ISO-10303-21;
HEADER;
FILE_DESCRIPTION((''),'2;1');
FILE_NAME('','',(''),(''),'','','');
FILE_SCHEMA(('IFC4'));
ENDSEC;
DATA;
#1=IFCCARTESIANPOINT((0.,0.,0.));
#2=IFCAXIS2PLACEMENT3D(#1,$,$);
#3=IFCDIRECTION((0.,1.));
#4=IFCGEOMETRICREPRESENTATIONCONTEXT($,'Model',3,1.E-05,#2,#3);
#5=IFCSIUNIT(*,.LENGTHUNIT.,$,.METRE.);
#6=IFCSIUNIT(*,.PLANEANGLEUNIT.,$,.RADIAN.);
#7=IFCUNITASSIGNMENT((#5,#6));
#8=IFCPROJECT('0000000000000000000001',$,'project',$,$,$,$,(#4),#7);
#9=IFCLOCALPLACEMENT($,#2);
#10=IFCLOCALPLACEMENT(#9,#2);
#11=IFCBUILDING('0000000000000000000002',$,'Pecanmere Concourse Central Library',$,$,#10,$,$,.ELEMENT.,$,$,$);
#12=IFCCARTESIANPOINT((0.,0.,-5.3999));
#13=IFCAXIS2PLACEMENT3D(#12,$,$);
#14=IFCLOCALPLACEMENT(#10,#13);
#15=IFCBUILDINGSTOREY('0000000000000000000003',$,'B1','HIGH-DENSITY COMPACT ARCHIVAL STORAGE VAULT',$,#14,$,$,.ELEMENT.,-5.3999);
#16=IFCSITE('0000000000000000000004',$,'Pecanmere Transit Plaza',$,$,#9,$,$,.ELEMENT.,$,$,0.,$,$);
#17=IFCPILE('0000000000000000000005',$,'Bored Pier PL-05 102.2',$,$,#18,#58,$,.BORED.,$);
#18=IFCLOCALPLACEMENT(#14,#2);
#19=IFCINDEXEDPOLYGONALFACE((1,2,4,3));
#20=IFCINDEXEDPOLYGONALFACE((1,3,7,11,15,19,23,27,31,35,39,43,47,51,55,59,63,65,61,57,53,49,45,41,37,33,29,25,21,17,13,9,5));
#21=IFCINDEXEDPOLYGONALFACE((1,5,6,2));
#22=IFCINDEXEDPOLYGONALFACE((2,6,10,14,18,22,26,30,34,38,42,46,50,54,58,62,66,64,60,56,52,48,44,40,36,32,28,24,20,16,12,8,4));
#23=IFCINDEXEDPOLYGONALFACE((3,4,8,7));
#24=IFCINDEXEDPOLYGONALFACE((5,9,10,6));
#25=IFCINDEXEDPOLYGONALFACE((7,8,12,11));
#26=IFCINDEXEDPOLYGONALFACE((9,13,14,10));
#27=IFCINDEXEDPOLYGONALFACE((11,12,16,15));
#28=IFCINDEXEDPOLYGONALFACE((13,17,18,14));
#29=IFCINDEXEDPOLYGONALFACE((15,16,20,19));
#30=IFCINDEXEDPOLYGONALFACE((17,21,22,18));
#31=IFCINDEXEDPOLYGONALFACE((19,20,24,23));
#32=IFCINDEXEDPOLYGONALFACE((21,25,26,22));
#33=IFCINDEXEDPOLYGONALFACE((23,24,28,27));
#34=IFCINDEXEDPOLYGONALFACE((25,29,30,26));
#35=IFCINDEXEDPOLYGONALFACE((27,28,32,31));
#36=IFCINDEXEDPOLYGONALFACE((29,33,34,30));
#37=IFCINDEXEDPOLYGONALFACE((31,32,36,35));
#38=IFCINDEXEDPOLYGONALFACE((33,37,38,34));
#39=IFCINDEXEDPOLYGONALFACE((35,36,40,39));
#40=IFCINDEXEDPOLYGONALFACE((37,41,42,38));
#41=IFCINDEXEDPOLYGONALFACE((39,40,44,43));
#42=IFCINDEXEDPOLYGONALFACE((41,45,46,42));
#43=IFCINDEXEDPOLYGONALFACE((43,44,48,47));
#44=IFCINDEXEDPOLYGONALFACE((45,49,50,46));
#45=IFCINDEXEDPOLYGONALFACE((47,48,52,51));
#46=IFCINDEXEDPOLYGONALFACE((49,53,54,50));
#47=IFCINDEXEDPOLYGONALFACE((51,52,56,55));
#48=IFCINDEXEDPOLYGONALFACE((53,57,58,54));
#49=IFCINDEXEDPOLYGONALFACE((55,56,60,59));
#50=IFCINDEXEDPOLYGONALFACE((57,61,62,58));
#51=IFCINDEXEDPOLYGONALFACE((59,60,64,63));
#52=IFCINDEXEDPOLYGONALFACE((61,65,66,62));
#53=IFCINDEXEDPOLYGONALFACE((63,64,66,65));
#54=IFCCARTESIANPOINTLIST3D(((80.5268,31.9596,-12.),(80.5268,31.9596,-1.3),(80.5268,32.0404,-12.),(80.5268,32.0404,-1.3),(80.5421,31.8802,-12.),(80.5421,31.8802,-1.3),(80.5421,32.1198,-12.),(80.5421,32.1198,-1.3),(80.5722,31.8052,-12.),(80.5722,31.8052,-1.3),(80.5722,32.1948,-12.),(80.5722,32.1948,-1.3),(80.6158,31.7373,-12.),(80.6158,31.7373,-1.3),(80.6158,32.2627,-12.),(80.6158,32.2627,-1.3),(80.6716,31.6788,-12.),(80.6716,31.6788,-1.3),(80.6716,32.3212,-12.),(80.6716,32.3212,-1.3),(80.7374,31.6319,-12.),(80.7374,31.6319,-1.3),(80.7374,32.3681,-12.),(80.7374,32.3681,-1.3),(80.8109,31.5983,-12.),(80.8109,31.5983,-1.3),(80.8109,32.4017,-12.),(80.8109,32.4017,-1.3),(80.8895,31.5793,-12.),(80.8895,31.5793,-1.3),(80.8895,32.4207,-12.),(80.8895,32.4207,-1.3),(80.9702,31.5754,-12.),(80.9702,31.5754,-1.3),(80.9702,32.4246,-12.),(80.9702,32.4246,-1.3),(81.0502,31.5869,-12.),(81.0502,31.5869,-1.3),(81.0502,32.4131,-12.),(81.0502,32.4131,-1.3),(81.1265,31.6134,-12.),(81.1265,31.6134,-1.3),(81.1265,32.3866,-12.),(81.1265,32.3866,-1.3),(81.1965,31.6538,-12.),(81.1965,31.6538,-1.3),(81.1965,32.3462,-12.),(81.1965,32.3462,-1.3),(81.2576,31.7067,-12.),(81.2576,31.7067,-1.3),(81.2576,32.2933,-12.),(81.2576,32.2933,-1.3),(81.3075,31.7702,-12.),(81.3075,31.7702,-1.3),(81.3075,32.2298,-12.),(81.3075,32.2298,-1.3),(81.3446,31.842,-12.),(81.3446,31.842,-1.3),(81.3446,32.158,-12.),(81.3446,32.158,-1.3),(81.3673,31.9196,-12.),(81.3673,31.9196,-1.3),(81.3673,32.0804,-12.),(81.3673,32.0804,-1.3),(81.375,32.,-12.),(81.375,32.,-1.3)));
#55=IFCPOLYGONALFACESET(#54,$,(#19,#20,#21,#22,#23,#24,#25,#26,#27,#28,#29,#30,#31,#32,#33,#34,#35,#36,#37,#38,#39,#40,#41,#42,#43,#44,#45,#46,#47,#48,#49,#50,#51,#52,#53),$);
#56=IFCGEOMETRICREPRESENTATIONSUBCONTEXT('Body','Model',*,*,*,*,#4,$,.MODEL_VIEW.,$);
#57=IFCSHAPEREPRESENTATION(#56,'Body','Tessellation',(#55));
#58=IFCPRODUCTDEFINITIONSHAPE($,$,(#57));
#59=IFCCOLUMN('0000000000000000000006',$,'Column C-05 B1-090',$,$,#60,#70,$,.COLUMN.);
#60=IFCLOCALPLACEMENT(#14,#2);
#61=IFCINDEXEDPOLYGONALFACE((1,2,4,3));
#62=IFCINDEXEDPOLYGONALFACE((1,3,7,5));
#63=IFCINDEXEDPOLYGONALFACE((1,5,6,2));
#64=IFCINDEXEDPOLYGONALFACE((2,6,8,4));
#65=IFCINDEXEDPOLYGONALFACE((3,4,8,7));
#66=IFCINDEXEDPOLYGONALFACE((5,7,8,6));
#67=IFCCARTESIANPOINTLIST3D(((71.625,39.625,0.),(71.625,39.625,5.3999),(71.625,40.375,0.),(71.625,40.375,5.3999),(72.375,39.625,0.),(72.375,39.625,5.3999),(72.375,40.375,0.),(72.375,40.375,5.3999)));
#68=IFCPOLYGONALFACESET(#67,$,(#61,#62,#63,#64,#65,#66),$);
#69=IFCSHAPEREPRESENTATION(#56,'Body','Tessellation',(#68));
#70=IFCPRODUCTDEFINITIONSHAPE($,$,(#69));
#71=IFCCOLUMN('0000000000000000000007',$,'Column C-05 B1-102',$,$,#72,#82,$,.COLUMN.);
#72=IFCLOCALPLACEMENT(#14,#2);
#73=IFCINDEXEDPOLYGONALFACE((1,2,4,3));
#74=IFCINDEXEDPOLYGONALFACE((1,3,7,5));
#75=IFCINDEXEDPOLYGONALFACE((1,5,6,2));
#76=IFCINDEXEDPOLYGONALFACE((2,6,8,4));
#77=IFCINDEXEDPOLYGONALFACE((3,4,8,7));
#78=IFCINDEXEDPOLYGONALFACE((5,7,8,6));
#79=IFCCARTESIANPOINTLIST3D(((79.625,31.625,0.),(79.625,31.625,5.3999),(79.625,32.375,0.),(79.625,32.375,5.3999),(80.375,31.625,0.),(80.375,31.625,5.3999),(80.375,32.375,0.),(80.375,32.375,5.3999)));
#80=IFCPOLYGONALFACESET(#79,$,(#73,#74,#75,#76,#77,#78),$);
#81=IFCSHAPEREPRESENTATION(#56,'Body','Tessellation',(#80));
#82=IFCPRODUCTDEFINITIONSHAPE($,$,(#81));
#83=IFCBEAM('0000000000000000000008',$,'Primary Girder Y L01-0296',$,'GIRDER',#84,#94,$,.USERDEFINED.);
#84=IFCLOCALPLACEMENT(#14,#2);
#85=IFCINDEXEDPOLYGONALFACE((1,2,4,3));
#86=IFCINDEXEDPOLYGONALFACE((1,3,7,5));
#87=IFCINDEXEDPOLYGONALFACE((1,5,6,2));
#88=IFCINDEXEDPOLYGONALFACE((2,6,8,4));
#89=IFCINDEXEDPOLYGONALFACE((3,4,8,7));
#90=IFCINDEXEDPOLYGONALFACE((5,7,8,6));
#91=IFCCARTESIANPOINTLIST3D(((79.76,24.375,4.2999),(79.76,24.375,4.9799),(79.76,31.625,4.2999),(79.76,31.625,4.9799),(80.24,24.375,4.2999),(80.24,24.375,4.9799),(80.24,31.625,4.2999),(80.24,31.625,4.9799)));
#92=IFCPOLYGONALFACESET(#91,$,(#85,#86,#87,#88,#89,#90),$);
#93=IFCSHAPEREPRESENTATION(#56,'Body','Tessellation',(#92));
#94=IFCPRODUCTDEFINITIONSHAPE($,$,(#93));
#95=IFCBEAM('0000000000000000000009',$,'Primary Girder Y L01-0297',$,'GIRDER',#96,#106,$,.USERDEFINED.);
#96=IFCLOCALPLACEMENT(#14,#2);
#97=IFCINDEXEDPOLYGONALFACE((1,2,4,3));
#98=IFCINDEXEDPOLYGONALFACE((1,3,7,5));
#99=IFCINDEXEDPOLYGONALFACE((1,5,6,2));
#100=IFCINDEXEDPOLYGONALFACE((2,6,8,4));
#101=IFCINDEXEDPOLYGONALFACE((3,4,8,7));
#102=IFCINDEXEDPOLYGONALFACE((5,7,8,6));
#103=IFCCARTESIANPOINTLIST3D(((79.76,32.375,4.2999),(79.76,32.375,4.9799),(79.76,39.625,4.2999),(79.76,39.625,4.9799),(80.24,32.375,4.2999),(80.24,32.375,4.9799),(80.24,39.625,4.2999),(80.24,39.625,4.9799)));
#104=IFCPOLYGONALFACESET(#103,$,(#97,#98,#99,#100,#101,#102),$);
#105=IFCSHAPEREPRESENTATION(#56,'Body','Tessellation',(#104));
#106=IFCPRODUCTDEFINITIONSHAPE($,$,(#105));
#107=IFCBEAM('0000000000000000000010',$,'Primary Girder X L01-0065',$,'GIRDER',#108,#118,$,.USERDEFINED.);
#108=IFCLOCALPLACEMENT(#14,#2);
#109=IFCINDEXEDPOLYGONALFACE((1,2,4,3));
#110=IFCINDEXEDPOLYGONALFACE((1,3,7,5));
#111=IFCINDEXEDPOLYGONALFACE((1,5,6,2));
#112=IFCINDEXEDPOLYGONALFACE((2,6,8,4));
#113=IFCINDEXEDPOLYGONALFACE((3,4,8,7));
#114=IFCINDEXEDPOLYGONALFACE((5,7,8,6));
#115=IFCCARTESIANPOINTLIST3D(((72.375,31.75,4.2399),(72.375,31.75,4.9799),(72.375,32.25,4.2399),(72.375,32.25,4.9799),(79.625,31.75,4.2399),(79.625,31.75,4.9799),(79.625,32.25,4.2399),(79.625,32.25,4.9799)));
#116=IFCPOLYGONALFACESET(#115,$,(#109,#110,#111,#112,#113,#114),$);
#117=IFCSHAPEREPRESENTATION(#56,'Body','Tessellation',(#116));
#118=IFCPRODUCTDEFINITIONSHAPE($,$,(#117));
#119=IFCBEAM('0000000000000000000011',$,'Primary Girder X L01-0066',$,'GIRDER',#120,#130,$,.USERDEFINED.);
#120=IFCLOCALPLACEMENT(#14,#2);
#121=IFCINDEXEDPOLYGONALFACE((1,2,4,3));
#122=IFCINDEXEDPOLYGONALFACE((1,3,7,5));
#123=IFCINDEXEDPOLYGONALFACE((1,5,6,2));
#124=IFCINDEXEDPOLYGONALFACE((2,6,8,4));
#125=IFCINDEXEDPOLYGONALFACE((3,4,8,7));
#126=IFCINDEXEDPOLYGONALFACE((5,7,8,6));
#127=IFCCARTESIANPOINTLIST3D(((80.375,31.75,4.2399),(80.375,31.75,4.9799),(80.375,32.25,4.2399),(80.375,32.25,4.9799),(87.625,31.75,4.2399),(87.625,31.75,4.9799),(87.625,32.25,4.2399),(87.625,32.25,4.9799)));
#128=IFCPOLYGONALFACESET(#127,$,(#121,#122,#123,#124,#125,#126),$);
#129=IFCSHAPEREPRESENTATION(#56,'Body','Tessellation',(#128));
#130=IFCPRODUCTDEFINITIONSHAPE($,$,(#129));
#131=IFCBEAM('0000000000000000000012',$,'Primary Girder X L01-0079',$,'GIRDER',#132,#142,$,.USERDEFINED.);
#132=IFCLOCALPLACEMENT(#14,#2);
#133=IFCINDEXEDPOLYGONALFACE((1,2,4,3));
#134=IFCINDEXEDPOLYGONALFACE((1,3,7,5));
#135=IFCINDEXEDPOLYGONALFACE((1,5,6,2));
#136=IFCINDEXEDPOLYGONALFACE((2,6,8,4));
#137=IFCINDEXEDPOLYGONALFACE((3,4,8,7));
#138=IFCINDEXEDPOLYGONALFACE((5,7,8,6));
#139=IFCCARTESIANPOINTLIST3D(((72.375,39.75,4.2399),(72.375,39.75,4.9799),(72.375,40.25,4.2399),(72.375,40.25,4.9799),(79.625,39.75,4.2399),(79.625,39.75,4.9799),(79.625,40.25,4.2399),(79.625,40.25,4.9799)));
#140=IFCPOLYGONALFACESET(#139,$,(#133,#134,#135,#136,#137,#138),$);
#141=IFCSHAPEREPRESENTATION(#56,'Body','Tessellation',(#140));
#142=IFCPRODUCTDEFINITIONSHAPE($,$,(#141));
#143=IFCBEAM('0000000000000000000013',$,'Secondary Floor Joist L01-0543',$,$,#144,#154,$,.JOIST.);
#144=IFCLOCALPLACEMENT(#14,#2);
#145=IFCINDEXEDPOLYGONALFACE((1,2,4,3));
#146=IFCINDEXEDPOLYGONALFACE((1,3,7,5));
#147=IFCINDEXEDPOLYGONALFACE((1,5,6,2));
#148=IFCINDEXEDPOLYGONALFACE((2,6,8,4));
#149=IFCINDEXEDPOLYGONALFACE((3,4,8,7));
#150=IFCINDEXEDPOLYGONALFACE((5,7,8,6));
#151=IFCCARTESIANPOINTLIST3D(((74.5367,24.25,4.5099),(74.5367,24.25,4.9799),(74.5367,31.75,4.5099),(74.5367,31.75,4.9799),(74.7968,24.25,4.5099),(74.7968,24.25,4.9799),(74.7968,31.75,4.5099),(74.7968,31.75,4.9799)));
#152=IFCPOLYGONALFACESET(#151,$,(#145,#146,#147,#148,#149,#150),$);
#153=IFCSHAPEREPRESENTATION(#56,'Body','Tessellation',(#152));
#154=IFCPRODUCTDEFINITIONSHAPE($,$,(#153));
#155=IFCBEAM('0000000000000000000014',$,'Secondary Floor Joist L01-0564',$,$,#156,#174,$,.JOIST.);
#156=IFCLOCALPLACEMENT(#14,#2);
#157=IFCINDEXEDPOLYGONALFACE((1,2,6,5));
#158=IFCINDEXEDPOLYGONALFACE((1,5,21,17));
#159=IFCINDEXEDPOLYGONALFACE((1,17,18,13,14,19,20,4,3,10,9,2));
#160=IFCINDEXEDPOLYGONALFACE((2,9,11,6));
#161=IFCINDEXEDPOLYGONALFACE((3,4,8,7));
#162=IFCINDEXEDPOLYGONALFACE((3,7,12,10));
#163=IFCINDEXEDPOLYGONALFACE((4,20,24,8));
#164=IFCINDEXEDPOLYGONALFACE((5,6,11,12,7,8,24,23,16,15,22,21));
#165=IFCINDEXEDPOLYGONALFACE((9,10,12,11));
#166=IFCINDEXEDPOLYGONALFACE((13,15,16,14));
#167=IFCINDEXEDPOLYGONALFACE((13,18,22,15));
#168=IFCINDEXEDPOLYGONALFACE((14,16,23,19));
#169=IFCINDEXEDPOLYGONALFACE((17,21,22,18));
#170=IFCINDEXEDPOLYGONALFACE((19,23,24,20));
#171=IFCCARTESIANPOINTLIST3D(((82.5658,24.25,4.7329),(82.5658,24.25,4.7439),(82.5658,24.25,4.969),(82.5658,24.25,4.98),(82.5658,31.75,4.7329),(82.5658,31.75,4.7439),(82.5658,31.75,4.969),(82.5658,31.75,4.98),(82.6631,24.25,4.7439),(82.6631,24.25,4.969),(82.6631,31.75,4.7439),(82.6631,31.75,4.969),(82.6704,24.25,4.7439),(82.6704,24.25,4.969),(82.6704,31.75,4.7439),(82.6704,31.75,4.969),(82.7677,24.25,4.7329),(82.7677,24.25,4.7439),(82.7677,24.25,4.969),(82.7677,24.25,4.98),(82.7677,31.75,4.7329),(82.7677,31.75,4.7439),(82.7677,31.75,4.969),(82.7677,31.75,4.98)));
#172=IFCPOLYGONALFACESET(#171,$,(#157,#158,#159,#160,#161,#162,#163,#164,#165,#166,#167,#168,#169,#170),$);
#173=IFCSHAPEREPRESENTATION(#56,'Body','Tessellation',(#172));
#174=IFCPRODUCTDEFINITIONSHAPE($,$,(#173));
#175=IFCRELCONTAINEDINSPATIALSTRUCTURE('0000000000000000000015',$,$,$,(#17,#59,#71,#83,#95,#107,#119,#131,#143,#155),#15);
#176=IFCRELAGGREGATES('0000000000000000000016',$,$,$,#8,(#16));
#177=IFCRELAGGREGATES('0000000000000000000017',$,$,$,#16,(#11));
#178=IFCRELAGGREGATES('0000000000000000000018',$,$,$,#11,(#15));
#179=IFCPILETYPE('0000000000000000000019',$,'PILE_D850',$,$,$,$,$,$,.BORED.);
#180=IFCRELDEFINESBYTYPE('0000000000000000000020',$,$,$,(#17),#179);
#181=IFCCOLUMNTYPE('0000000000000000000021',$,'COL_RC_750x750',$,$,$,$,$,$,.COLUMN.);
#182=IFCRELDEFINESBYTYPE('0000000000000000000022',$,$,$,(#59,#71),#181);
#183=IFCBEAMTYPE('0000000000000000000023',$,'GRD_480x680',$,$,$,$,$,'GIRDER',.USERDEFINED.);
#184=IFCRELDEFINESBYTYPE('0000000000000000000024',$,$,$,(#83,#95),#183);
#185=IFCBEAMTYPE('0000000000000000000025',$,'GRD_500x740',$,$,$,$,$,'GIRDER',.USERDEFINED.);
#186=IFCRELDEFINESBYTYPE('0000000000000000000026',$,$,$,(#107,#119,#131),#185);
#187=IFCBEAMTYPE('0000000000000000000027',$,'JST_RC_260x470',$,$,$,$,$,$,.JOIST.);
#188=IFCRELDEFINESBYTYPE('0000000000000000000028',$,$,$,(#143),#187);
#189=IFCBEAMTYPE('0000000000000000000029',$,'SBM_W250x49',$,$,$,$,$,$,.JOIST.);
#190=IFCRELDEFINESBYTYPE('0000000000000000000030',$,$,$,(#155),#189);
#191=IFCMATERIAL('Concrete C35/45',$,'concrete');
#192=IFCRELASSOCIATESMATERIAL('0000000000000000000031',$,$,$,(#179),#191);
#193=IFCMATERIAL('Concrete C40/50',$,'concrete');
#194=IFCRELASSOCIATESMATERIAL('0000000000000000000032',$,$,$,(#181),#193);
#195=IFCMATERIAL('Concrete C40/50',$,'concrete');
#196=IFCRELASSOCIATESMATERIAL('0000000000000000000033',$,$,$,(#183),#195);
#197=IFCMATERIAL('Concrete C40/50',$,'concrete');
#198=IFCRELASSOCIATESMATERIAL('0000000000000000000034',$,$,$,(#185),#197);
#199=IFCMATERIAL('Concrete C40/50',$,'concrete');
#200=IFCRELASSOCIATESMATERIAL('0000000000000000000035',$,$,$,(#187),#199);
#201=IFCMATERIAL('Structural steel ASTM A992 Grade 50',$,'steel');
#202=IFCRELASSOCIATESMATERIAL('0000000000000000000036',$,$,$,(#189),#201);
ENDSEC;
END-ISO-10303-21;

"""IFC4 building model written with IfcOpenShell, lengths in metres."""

from ifc_helpers import new_model, si_unit, direction, frame, origin, origin_2d, place, context, subcontext, project, spatial, rectangle, circle, i_section, extrude, material, material_profile, profile_set, type_object, element, save


model = new_model("IFC4")

# Units and contexts
model_context = context("Model", 3, precision=1e-05, world=origin(), true_north=direction((0.0, 1.0)))
body_context = subcontext(model_context, "Body", "Model", "MODEL_VIEW")
ifc_project = project(units=[si_unit("LENGTHUNIT", "METRE"), si_unit("PLANEANGLEUNIT", "RADIAN")], contexts=[model_context])

# Site, building, storey
site_placement = place(None, origin())
site = spatial("IfcSite", under=ifc_project, at=site_placement, Name="Pecanmere Transit Plaza", CompositionType="ELEMENT", RefElevation=0.0)
building_placement = place(site_placement, origin())
building = spatial("IfcBuilding", under=site, at=building_placement, Name="Pecanmere Concourse Central Library", CompositionType="ELEMENT")
storey_placement = place(building_placement, frame((0.0, 0.0, -5.3999)))
storey = spatial("IfcBuildingStorey", under=building, at=storey_placement, Name="B1", Description="HIGH-DENSITY COMPACT ARCHIVAL STORAGE VAULT", CompositionType="ELEMENT", Elevation=-5.3999)

# Pile
ifc_material_1 = material(Name="Concrete C35/45", Category="concrete")
ifc_material_profile_1 = material_profile(ifc_material_1, circle(Radius=0.425, at=origin_2d()), Name="PIER D850")
ifc_profile_set_1 = profile_set([ifc_material_profile_1], Name="Concrete C35/45")
pile_type = type_object("IfcPileType", Name="PILE_D850", PredefinedType="BORED", material=ifc_profile_set_1)
for number, where, z_axis, x_axis, name in (
    (1, (80.95, 32.0, -1.3), (0.0, 0.0, -1.0), (1.0, 0.0, 0.0), "Bored Pier PL-05 102.2"),
):
    element("IfcPile", number, at=place(storey_placement, frame(where, z_axis=z_axis, x_axis=x_axis)), inside=storey, type_object=pile_type, Name=name, PredefinedType="BORED", context=body_context, shape_type="SweptSolid", body=[
        extrude(circle(Radius=0.425, at=origin_2d()), origin(), (0.0, 0.0, 1.0), 10.7),
    ])

# Columns
ifc_material_2 = material(Name="Concrete C40/50", Category="concrete")
ifc_material_profile_2 = material_profile(ifc_material_2, rectangle(XDim=0.75, YDim=0.75, at=origin_2d()), Name="RC 750x750")
ifc_profile_set_2 = profile_set([ifc_material_profile_2], Name="Concrete C40/50")
column_type = type_object("IfcColumnType", Name="COL_RC_750x750", PredefinedType="COLUMN", material=ifc_profile_set_2)
for number, where, z_axis, x_axis, name in (
    (2, (72.0, 40.0, 0.0), (0.0, 0.0, 1.0), (1.0, 0.0, 0.0), "Column C-05 B1-090"),
    (3, (80.0, 32.0, 0.0), (0.0, 0.0, 1.0), (1.0, 0.0, 0.0), "Column C-05 B1-102"),
):
    element("IfcColumn", number, at=place(storey_placement, frame(where, z_axis=z_axis, x_axis=x_axis)), inside=storey, type_object=column_type, Name=name, PredefinedType="COLUMN", context=body_context, shape_type="SweptSolid", body=[
        extrude(rectangle(XDim=0.75, YDim=0.75, at=origin_2d()), origin(), (0.0, 0.0, 1.0), 5.3999),
    ])

# Beams
ifc_material_3 = material(Name="Concrete C40/50", Category="concrete")
ifc_material_profile_3 = material_profile(ifc_material_3, rectangle(XDim=0.48, YDim=0.6799, at=origin_2d()), Name="RC 480x680")
ifc_profile_set_3 = profile_set([ifc_material_profile_3], Name="Concrete C40/50")
beam_type_1 = type_object("IfcBeamType", Name="GRD_480x680", ElementType="GIRDER", PredefinedType="USERDEFINED", material=ifc_profile_set_3)
for number, where, z_axis, x_axis, name in (
    (4, (80.0, 24.375, 4.6399), (0.0, 1.0, 0.0), (-1.0, 0.0, 0.0), "Primary Girder Y L01-0296"),
    (5, (80.0, 32.375, 4.6399), (0.0, 1.0, 0.0), (-1.0, 0.0, 0.0), "Primary Girder Y L01-0297"),
):
    element("IfcBeam", number, at=place(storey_placement, frame(where, z_axis=z_axis, x_axis=x_axis)), inside=storey, type_object=beam_type_1, Name=name, ObjectType="GIRDER", PredefinedType="USERDEFINED", context=body_context, shape_type="SweptSolid", body=[
        extrude(rectangle(XDim=0.48, YDim=0.6799, at=origin_2d()), origin(), (0.0, 0.0, 1.0), 7.25),
    ])
ifc_material_4 = material(Name="Concrete C40/50", Category="concrete")
ifc_material_profile_4 = material_profile(ifc_material_4, rectangle(XDim=0.5, YDim=0.74, at=origin_2d()), Name="RC 500x740")
ifc_profile_set_4 = profile_set([ifc_material_profile_4], Name="Concrete C40/50")
beam_type_2 = type_object("IfcBeamType", Name="GRD_500x740", ElementType="GIRDER", PredefinedType="USERDEFINED", material=ifc_profile_set_4)
for number, where, z_axis, x_axis, name in (
    (6, (72.375, 32.0, 4.6099), (1.0, 0.0, 0.0), (0.0, 1.0, 0.0), "Primary Girder X L01-0065"),
    (7, (80.375, 32.0, 4.6099), (1.0, 0.0, 0.0), (0.0, 1.0, 0.0), "Primary Girder X L01-0066"),
    (8, (72.375, 40.0, 4.6099), (1.0, 0.0, 0.0), (0.0, 1.0, 0.0), "Primary Girder X L01-0079"),
):
    element("IfcBeam", number, at=place(storey_placement, frame(where, z_axis=z_axis, x_axis=x_axis)), inside=storey, type_object=beam_type_2, Name=name, ObjectType="GIRDER", PredefinedType="USERDEFINED", context=body_context, shape_type="SweptSolid", body=[
        extrude(rectangle(XDim=0.5, YDim=0.74, at=origin_2d()), origin(), (0.0, 0.0, 1.0), 7.25),
    ])
ifc_material_5 = material(Name="Concrete C40/50", Category="concrete")
ifc_material_profile_5 = material_profile(ifc_material_5, rectangle(XDim=0.26, YDim=0.47, at=origin_2d()), Name="RC 260x470")
ifc_profile_set_5 = profile_set([ifc_material_profile_5], Name="Concrete C40/50")
beam_type_3 = type_object("IfcBeamType", Name="JST_RC_260x470", PredefinedType="JOIST", material=ifc_profile_set_5)
beam_1_placement = place(storey_placement, frame((74.6667, 24.25, 4.7449), z_axis=(0.0, 1.0, 0.0), x_axis=(-1.0, 0.0, 0.0)))
element("IfcBeam", 9, at=beam_1_placement, inside=storey, type_object=beam_type_3, Name="Secondary Floor Joist L01-0543", PredefinedType="JOIST", context=body_context, shape_type="SweptSolid", body=[
    extrude(rectangle(XDim=0.26, YDim=0.47, at=origin_2d()), origin(), (0.0, 0.0, 1.0), 7.5),
])
ifc_material_6 = material(Name="Structural steel ASTM A992 Grade 50", Category="steel")
ifc_material_profile_6 = material_profile(ifc_material_6, i_section(OverallWidth=0.2019, OverallDepth=0.2471, WebThickness=0.0073, FlangeThickness=0.011, at=origin_2d()), Name="W250x49.1")
ifc_profile_set_6 = profile_set([ifc_material_profile_6], Name="Structural steel ASTM A992 Grade 50")
beam_type_4 = type_object("IfcBeamType", Name="SBM_W250x49", PredefinedType="JOIST", material=ifc_profile_set_6)
beam_2_placement = place(storey_placement, frame((82.6667, 24.25, 4.8564), z_axis=(0.0, 1.0, 0.0), x_axis=(-1.0, 0.0, 0.0)))
element("IfcBeam", 10, at=beam_2_placement, inside=storey, type_object=beam_type_4, Name="Secondary Floor Joist L01-0564", PredefinedType="JOIST", context=body_context, shape_type="SweptSolid", body=[
    extrude(i_section(OverallWidth=0.2019, OverallDepth=0.2471, WebThickness=0.0073, FlangeThickness=0.011, at=origin_2d()), origin(), (0.0, 0.0, 1.0), 7.5),
])

save(model, "model.ifc")
